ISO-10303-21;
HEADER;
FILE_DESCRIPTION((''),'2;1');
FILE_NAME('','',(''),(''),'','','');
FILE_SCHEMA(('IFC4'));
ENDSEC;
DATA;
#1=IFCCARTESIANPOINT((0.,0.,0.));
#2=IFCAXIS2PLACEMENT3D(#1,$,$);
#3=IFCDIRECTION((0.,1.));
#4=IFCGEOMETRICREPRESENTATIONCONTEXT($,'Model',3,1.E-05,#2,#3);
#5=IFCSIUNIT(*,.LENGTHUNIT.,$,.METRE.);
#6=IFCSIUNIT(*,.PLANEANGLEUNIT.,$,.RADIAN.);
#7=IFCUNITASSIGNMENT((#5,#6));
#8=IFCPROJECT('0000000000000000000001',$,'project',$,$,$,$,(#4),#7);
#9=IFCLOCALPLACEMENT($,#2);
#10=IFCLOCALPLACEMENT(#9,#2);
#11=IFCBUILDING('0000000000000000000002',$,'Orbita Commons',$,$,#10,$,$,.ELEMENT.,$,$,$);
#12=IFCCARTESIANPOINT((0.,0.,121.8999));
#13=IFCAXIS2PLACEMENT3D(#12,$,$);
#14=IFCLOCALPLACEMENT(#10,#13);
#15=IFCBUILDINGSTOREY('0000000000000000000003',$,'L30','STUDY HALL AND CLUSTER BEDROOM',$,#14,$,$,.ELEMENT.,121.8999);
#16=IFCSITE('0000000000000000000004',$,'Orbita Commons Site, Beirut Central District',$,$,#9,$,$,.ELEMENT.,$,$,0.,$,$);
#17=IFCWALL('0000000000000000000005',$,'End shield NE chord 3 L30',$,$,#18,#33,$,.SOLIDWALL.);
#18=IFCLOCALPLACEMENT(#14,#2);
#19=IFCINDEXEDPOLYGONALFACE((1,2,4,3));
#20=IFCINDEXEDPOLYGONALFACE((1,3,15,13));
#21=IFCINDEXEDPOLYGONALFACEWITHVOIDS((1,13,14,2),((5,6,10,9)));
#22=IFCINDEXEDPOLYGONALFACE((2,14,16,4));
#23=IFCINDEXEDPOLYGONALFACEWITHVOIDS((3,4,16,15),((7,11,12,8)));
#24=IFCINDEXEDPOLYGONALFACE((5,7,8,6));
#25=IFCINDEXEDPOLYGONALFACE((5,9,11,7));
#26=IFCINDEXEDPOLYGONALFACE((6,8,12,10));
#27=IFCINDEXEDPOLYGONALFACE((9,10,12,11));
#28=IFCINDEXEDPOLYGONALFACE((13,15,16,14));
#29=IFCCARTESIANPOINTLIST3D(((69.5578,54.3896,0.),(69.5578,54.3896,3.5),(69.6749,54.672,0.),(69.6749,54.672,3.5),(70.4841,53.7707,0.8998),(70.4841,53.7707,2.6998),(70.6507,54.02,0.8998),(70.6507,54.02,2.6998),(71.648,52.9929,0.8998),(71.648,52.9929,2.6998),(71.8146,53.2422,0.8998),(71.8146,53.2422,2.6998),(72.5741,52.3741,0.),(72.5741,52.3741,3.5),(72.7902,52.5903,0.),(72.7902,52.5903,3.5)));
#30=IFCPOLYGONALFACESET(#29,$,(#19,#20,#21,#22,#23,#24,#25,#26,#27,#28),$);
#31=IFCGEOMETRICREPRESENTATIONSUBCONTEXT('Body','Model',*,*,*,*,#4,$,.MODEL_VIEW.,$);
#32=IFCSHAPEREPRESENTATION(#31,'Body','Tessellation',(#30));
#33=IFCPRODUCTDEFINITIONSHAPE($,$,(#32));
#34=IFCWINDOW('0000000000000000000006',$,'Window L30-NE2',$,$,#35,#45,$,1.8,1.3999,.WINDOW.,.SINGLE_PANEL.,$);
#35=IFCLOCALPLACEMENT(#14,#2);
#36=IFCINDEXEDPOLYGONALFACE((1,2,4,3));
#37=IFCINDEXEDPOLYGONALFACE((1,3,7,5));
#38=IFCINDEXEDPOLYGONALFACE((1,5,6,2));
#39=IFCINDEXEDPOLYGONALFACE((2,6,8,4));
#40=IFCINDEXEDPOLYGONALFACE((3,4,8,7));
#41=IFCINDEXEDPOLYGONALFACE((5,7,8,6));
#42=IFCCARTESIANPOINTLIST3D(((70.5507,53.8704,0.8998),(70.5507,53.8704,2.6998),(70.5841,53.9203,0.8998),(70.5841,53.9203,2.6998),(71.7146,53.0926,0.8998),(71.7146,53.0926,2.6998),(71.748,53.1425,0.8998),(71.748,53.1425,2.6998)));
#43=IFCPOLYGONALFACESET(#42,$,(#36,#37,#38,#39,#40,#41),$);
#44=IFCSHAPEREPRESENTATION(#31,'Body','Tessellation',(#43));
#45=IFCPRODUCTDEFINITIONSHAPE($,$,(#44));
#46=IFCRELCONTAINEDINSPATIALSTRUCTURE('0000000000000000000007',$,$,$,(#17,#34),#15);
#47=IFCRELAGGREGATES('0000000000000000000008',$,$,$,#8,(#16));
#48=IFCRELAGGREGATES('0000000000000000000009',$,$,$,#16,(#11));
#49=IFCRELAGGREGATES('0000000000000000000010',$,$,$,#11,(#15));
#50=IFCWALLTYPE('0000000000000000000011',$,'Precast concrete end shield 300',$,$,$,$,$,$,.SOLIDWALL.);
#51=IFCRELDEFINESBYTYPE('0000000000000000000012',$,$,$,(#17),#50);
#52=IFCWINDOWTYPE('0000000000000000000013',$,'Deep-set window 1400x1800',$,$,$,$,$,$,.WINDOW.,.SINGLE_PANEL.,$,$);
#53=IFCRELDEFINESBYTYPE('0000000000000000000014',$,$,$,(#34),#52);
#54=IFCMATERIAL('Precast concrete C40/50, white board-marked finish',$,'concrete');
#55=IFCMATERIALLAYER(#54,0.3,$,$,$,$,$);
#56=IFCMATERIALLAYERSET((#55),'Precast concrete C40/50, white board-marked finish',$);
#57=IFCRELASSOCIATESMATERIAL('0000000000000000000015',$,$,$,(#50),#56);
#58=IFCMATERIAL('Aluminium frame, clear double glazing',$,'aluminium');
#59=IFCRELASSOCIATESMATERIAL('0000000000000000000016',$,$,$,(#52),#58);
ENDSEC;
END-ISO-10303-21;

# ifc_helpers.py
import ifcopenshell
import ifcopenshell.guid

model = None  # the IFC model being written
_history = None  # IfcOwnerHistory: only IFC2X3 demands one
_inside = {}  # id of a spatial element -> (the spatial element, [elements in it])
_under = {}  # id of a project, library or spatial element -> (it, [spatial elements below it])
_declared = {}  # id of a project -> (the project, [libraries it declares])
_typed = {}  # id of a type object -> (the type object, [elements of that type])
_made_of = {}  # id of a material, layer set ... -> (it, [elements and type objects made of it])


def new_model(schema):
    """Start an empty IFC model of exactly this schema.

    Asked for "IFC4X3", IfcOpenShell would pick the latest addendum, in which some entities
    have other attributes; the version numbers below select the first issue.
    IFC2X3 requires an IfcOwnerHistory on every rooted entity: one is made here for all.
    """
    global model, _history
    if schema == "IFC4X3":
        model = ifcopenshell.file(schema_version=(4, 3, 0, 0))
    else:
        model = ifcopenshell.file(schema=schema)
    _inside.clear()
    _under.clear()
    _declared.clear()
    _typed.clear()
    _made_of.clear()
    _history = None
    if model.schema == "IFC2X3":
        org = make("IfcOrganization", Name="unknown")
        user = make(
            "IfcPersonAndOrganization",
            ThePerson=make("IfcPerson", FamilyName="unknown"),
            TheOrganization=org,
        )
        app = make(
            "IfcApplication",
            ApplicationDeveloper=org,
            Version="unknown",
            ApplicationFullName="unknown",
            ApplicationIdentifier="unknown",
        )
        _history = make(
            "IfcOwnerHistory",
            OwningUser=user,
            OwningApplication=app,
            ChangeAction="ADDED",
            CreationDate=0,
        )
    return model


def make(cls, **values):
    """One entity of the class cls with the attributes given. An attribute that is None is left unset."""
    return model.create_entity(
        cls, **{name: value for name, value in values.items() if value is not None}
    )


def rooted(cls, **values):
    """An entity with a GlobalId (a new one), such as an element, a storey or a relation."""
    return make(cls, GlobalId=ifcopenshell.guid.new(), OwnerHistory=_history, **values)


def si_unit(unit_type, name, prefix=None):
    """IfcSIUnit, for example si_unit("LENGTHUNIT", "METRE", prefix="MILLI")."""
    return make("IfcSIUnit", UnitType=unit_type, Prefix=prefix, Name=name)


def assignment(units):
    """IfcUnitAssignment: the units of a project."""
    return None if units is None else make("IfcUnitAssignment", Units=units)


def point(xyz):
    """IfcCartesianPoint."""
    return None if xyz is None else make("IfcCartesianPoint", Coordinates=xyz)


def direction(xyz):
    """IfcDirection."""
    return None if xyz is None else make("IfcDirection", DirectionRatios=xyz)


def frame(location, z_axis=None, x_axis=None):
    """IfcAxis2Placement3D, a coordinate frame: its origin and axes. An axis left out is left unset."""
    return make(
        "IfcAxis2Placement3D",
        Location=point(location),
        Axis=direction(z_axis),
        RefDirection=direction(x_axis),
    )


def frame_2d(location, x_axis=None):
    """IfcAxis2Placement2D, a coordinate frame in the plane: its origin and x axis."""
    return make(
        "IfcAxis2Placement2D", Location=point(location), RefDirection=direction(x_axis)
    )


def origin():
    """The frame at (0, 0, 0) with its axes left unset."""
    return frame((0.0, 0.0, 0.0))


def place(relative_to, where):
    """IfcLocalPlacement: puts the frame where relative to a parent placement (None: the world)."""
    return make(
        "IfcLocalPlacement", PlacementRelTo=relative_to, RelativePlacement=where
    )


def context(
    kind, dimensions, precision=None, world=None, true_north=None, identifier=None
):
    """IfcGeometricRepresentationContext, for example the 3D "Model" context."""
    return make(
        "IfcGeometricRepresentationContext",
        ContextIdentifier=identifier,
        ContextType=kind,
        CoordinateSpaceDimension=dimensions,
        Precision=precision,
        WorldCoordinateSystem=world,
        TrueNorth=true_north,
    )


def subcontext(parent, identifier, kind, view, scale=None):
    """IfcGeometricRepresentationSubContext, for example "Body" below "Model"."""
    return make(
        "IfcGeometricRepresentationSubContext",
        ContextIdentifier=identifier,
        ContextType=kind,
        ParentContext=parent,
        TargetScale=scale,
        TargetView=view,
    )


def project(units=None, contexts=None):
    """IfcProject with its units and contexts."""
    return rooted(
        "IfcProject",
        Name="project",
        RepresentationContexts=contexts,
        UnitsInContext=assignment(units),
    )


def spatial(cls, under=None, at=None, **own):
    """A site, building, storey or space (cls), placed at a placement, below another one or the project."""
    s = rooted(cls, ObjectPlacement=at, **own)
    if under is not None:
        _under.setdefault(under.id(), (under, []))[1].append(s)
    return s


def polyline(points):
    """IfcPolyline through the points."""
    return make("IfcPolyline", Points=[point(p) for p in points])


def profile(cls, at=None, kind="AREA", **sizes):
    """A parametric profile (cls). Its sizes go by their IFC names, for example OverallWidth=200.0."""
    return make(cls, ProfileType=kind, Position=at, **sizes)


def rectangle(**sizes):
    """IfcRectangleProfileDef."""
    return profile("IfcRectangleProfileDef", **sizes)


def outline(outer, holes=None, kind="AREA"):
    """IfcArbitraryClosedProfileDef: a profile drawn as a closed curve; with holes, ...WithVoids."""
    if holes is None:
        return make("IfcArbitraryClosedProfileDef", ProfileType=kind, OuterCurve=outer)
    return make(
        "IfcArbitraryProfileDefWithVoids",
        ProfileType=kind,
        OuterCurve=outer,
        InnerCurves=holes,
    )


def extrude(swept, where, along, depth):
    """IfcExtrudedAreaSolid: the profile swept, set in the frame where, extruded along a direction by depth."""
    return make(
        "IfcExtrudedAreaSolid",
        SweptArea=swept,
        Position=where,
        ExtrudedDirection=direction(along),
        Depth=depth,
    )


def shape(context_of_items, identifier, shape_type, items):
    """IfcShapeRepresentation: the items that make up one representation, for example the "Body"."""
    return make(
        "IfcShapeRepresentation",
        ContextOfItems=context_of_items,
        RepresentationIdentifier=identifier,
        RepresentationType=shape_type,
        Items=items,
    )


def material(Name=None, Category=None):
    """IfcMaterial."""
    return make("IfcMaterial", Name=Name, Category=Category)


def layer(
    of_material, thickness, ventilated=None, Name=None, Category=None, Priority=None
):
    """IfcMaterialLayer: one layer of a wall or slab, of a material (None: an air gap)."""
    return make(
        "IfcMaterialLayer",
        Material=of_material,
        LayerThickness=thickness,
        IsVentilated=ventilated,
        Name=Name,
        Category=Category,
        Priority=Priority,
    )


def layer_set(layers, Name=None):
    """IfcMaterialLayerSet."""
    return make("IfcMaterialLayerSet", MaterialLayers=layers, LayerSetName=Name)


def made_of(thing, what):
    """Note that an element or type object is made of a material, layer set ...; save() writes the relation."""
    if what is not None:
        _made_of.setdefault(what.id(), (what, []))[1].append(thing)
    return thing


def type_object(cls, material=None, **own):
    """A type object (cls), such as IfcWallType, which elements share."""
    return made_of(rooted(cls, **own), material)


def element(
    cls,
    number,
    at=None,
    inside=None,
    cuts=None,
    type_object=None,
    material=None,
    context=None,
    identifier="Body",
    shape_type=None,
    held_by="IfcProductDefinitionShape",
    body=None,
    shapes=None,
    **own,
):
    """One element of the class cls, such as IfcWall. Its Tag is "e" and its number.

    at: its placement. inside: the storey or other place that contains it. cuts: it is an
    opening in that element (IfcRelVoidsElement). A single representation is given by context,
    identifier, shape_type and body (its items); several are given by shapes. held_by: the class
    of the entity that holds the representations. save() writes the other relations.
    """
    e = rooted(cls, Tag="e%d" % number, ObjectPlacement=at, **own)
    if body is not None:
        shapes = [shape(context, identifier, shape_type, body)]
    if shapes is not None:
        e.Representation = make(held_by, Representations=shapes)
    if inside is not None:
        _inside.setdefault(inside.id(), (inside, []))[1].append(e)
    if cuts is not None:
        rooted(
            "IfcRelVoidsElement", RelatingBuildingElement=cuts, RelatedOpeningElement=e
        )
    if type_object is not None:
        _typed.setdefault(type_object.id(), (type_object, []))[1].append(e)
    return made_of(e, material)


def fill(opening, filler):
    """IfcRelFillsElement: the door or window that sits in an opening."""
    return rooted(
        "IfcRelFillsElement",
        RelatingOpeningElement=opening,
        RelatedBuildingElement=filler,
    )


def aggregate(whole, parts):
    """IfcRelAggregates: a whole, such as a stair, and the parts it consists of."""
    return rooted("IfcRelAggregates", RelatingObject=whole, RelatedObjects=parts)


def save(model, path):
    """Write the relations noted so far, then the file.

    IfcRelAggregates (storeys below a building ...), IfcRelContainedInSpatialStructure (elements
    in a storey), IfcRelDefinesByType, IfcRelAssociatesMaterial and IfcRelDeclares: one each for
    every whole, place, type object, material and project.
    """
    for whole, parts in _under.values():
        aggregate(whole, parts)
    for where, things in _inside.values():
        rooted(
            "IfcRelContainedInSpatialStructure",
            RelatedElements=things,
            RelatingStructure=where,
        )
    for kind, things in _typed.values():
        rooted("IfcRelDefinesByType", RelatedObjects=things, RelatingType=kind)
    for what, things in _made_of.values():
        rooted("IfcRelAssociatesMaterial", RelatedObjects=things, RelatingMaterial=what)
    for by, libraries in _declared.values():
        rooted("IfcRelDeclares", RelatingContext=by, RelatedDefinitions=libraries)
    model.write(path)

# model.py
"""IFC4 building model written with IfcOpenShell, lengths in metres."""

from ifc_helpers import new_model, si_unit, direction, frame, frame_2d, origin, place, context, subcontext, project, spatial, polyline, rectangle, outline, extrude, material, layer, layer_set, type_object, element, fill, save


model = new_model("IFC4")

# Units and contexts
model_context = context("Model", 3, precision=1e-05, world=origin(), true_north=direction((0.0, 1.0)))
body_context = subcontext(model_context, "Body", "Model", "MODEL_VIEW")
ifc_project = project(units=[si_unit("LENGTHUNIT", "METRE"), si_unit("PLANEANGLEUNIT", "RADIAN")], contexts=[model_context])

# Site, building, storey
site_placement = place(None, origin())
site = spatial("IfcSite", under=ifc_project, at=site_placement, Name="Orbita Commons Site, Beirut Central District", CompositionType="ELEMENT", RefElevation=0.0)
building_placement = place(site_placement, origin())
building = spatial("IfcBuilding", under=site, at=building_placement, Name="Orbita Commons", CompositionType="ELEMENT")
storey_placement = place(building_placement, frame((0.0, 0.0, 121.8999)))
storey = spatial("IfcBuildingStorey", under=building, at=storey_placement, Name="L30", Description="STUDY HALL AND CLUSTER BEDROOM", CompositionType="ELEMENT", Elevation=121.8999)

# Wall, opening, window
ifc_material_1 = material(Name="Precast concrete C40/50, white board-marked finish", Category="concrete")
ifc_layer_1 = layer(ifc_material_1, 0.3)
ifc_layer_set_1 = layer_set([ifc_layer_1], Name="Precast concrete C40/50, white board-marked finish")
wall_type_1 = type_object("IfcWallType", Name="Precast concrete end shield 300", PredefinedType="SOLIDWALL", material=ifc_layer_set_1)
ifc_material_2 = material(Name="Aluminium frame, clear double glazing", Category="aluminium")
window_type = type_object("IfcWindowType", Name="Deep-set window 1400x1800", PartitioningType="SINGLE_PANEL", PredefinedType="WINDOW", material=ifc_material_2)
wall_1_placement = place(storey_placement, frame((72.6821, 52.4822, 0.0), z_axis=(0.0, 0.0, 1.0), x_axis=(-0.831449, 0.555601, 0.0)))
wall_1 = element("IfcWall", 1, at=wall_1_placement, inside=storey, type_object=wall_type_1, Name="End shield NE chord 3 L30", PredefinedType="SOLIDWALL", context=body_context, shape_type="SweptSolid", body=[
    extrude(outline(polyline([(-0.0298, -0.1499), (3.717, -0.1499), (3.6575, 0.1499), (0.0298, 0.1499), (-0.0298, -0.1499)])), origin(), (0.0, 0.0, 1.0), 3.5),
])
opening_1_placement = place(wall_1_placement, frame((1.1436, 0.0, 0.8999)))
opening_1 = element("IfcOpeningElement", 2, at=opening_1_placement, cuts=wall_1, PredefinedType="OPENING", context=body_context, shape_type="SweptSolid", body=[
    extrude(rectangle(XDim=1.3999, YDim=1.8, at=frame_2d((0.7, 0.8999))), frame((0.0, 0.1599, 0.0), z_axis=(0.0, -1.0, 0.0), x_axis=(1.0, 0.0, 0.0)), (0.0, 0.0, 1.0), 0.3201),
])
window_1_placement = place(opening_1_placement, origin())
window_1 = element("IfcWindow", 3, at=window_1_placement, inside=storey, type_object=window_type, Name="Window L30-NE2", OverallHeight=1.8, OverallWidth=1.3999, PartitioningType="SINGLE_PANEL", PredefinedType="WINDOW", context=body_context, shape_type="SweptSolid", body=[
    extrude(rectangle(XDim=1.3999, YDim=1.8, at=frame_2d((0.7, 0.8999))), frame((0.0, 0.03, 0.0), z_axis=(0.0, -1.0, 0.0), x_axis=(1.0, 0.0, 0.0)), (0.0, 0.0, 1.0), 0.0601),
])
fill(opening_1, window_1)

save(model, "model.ifc")
